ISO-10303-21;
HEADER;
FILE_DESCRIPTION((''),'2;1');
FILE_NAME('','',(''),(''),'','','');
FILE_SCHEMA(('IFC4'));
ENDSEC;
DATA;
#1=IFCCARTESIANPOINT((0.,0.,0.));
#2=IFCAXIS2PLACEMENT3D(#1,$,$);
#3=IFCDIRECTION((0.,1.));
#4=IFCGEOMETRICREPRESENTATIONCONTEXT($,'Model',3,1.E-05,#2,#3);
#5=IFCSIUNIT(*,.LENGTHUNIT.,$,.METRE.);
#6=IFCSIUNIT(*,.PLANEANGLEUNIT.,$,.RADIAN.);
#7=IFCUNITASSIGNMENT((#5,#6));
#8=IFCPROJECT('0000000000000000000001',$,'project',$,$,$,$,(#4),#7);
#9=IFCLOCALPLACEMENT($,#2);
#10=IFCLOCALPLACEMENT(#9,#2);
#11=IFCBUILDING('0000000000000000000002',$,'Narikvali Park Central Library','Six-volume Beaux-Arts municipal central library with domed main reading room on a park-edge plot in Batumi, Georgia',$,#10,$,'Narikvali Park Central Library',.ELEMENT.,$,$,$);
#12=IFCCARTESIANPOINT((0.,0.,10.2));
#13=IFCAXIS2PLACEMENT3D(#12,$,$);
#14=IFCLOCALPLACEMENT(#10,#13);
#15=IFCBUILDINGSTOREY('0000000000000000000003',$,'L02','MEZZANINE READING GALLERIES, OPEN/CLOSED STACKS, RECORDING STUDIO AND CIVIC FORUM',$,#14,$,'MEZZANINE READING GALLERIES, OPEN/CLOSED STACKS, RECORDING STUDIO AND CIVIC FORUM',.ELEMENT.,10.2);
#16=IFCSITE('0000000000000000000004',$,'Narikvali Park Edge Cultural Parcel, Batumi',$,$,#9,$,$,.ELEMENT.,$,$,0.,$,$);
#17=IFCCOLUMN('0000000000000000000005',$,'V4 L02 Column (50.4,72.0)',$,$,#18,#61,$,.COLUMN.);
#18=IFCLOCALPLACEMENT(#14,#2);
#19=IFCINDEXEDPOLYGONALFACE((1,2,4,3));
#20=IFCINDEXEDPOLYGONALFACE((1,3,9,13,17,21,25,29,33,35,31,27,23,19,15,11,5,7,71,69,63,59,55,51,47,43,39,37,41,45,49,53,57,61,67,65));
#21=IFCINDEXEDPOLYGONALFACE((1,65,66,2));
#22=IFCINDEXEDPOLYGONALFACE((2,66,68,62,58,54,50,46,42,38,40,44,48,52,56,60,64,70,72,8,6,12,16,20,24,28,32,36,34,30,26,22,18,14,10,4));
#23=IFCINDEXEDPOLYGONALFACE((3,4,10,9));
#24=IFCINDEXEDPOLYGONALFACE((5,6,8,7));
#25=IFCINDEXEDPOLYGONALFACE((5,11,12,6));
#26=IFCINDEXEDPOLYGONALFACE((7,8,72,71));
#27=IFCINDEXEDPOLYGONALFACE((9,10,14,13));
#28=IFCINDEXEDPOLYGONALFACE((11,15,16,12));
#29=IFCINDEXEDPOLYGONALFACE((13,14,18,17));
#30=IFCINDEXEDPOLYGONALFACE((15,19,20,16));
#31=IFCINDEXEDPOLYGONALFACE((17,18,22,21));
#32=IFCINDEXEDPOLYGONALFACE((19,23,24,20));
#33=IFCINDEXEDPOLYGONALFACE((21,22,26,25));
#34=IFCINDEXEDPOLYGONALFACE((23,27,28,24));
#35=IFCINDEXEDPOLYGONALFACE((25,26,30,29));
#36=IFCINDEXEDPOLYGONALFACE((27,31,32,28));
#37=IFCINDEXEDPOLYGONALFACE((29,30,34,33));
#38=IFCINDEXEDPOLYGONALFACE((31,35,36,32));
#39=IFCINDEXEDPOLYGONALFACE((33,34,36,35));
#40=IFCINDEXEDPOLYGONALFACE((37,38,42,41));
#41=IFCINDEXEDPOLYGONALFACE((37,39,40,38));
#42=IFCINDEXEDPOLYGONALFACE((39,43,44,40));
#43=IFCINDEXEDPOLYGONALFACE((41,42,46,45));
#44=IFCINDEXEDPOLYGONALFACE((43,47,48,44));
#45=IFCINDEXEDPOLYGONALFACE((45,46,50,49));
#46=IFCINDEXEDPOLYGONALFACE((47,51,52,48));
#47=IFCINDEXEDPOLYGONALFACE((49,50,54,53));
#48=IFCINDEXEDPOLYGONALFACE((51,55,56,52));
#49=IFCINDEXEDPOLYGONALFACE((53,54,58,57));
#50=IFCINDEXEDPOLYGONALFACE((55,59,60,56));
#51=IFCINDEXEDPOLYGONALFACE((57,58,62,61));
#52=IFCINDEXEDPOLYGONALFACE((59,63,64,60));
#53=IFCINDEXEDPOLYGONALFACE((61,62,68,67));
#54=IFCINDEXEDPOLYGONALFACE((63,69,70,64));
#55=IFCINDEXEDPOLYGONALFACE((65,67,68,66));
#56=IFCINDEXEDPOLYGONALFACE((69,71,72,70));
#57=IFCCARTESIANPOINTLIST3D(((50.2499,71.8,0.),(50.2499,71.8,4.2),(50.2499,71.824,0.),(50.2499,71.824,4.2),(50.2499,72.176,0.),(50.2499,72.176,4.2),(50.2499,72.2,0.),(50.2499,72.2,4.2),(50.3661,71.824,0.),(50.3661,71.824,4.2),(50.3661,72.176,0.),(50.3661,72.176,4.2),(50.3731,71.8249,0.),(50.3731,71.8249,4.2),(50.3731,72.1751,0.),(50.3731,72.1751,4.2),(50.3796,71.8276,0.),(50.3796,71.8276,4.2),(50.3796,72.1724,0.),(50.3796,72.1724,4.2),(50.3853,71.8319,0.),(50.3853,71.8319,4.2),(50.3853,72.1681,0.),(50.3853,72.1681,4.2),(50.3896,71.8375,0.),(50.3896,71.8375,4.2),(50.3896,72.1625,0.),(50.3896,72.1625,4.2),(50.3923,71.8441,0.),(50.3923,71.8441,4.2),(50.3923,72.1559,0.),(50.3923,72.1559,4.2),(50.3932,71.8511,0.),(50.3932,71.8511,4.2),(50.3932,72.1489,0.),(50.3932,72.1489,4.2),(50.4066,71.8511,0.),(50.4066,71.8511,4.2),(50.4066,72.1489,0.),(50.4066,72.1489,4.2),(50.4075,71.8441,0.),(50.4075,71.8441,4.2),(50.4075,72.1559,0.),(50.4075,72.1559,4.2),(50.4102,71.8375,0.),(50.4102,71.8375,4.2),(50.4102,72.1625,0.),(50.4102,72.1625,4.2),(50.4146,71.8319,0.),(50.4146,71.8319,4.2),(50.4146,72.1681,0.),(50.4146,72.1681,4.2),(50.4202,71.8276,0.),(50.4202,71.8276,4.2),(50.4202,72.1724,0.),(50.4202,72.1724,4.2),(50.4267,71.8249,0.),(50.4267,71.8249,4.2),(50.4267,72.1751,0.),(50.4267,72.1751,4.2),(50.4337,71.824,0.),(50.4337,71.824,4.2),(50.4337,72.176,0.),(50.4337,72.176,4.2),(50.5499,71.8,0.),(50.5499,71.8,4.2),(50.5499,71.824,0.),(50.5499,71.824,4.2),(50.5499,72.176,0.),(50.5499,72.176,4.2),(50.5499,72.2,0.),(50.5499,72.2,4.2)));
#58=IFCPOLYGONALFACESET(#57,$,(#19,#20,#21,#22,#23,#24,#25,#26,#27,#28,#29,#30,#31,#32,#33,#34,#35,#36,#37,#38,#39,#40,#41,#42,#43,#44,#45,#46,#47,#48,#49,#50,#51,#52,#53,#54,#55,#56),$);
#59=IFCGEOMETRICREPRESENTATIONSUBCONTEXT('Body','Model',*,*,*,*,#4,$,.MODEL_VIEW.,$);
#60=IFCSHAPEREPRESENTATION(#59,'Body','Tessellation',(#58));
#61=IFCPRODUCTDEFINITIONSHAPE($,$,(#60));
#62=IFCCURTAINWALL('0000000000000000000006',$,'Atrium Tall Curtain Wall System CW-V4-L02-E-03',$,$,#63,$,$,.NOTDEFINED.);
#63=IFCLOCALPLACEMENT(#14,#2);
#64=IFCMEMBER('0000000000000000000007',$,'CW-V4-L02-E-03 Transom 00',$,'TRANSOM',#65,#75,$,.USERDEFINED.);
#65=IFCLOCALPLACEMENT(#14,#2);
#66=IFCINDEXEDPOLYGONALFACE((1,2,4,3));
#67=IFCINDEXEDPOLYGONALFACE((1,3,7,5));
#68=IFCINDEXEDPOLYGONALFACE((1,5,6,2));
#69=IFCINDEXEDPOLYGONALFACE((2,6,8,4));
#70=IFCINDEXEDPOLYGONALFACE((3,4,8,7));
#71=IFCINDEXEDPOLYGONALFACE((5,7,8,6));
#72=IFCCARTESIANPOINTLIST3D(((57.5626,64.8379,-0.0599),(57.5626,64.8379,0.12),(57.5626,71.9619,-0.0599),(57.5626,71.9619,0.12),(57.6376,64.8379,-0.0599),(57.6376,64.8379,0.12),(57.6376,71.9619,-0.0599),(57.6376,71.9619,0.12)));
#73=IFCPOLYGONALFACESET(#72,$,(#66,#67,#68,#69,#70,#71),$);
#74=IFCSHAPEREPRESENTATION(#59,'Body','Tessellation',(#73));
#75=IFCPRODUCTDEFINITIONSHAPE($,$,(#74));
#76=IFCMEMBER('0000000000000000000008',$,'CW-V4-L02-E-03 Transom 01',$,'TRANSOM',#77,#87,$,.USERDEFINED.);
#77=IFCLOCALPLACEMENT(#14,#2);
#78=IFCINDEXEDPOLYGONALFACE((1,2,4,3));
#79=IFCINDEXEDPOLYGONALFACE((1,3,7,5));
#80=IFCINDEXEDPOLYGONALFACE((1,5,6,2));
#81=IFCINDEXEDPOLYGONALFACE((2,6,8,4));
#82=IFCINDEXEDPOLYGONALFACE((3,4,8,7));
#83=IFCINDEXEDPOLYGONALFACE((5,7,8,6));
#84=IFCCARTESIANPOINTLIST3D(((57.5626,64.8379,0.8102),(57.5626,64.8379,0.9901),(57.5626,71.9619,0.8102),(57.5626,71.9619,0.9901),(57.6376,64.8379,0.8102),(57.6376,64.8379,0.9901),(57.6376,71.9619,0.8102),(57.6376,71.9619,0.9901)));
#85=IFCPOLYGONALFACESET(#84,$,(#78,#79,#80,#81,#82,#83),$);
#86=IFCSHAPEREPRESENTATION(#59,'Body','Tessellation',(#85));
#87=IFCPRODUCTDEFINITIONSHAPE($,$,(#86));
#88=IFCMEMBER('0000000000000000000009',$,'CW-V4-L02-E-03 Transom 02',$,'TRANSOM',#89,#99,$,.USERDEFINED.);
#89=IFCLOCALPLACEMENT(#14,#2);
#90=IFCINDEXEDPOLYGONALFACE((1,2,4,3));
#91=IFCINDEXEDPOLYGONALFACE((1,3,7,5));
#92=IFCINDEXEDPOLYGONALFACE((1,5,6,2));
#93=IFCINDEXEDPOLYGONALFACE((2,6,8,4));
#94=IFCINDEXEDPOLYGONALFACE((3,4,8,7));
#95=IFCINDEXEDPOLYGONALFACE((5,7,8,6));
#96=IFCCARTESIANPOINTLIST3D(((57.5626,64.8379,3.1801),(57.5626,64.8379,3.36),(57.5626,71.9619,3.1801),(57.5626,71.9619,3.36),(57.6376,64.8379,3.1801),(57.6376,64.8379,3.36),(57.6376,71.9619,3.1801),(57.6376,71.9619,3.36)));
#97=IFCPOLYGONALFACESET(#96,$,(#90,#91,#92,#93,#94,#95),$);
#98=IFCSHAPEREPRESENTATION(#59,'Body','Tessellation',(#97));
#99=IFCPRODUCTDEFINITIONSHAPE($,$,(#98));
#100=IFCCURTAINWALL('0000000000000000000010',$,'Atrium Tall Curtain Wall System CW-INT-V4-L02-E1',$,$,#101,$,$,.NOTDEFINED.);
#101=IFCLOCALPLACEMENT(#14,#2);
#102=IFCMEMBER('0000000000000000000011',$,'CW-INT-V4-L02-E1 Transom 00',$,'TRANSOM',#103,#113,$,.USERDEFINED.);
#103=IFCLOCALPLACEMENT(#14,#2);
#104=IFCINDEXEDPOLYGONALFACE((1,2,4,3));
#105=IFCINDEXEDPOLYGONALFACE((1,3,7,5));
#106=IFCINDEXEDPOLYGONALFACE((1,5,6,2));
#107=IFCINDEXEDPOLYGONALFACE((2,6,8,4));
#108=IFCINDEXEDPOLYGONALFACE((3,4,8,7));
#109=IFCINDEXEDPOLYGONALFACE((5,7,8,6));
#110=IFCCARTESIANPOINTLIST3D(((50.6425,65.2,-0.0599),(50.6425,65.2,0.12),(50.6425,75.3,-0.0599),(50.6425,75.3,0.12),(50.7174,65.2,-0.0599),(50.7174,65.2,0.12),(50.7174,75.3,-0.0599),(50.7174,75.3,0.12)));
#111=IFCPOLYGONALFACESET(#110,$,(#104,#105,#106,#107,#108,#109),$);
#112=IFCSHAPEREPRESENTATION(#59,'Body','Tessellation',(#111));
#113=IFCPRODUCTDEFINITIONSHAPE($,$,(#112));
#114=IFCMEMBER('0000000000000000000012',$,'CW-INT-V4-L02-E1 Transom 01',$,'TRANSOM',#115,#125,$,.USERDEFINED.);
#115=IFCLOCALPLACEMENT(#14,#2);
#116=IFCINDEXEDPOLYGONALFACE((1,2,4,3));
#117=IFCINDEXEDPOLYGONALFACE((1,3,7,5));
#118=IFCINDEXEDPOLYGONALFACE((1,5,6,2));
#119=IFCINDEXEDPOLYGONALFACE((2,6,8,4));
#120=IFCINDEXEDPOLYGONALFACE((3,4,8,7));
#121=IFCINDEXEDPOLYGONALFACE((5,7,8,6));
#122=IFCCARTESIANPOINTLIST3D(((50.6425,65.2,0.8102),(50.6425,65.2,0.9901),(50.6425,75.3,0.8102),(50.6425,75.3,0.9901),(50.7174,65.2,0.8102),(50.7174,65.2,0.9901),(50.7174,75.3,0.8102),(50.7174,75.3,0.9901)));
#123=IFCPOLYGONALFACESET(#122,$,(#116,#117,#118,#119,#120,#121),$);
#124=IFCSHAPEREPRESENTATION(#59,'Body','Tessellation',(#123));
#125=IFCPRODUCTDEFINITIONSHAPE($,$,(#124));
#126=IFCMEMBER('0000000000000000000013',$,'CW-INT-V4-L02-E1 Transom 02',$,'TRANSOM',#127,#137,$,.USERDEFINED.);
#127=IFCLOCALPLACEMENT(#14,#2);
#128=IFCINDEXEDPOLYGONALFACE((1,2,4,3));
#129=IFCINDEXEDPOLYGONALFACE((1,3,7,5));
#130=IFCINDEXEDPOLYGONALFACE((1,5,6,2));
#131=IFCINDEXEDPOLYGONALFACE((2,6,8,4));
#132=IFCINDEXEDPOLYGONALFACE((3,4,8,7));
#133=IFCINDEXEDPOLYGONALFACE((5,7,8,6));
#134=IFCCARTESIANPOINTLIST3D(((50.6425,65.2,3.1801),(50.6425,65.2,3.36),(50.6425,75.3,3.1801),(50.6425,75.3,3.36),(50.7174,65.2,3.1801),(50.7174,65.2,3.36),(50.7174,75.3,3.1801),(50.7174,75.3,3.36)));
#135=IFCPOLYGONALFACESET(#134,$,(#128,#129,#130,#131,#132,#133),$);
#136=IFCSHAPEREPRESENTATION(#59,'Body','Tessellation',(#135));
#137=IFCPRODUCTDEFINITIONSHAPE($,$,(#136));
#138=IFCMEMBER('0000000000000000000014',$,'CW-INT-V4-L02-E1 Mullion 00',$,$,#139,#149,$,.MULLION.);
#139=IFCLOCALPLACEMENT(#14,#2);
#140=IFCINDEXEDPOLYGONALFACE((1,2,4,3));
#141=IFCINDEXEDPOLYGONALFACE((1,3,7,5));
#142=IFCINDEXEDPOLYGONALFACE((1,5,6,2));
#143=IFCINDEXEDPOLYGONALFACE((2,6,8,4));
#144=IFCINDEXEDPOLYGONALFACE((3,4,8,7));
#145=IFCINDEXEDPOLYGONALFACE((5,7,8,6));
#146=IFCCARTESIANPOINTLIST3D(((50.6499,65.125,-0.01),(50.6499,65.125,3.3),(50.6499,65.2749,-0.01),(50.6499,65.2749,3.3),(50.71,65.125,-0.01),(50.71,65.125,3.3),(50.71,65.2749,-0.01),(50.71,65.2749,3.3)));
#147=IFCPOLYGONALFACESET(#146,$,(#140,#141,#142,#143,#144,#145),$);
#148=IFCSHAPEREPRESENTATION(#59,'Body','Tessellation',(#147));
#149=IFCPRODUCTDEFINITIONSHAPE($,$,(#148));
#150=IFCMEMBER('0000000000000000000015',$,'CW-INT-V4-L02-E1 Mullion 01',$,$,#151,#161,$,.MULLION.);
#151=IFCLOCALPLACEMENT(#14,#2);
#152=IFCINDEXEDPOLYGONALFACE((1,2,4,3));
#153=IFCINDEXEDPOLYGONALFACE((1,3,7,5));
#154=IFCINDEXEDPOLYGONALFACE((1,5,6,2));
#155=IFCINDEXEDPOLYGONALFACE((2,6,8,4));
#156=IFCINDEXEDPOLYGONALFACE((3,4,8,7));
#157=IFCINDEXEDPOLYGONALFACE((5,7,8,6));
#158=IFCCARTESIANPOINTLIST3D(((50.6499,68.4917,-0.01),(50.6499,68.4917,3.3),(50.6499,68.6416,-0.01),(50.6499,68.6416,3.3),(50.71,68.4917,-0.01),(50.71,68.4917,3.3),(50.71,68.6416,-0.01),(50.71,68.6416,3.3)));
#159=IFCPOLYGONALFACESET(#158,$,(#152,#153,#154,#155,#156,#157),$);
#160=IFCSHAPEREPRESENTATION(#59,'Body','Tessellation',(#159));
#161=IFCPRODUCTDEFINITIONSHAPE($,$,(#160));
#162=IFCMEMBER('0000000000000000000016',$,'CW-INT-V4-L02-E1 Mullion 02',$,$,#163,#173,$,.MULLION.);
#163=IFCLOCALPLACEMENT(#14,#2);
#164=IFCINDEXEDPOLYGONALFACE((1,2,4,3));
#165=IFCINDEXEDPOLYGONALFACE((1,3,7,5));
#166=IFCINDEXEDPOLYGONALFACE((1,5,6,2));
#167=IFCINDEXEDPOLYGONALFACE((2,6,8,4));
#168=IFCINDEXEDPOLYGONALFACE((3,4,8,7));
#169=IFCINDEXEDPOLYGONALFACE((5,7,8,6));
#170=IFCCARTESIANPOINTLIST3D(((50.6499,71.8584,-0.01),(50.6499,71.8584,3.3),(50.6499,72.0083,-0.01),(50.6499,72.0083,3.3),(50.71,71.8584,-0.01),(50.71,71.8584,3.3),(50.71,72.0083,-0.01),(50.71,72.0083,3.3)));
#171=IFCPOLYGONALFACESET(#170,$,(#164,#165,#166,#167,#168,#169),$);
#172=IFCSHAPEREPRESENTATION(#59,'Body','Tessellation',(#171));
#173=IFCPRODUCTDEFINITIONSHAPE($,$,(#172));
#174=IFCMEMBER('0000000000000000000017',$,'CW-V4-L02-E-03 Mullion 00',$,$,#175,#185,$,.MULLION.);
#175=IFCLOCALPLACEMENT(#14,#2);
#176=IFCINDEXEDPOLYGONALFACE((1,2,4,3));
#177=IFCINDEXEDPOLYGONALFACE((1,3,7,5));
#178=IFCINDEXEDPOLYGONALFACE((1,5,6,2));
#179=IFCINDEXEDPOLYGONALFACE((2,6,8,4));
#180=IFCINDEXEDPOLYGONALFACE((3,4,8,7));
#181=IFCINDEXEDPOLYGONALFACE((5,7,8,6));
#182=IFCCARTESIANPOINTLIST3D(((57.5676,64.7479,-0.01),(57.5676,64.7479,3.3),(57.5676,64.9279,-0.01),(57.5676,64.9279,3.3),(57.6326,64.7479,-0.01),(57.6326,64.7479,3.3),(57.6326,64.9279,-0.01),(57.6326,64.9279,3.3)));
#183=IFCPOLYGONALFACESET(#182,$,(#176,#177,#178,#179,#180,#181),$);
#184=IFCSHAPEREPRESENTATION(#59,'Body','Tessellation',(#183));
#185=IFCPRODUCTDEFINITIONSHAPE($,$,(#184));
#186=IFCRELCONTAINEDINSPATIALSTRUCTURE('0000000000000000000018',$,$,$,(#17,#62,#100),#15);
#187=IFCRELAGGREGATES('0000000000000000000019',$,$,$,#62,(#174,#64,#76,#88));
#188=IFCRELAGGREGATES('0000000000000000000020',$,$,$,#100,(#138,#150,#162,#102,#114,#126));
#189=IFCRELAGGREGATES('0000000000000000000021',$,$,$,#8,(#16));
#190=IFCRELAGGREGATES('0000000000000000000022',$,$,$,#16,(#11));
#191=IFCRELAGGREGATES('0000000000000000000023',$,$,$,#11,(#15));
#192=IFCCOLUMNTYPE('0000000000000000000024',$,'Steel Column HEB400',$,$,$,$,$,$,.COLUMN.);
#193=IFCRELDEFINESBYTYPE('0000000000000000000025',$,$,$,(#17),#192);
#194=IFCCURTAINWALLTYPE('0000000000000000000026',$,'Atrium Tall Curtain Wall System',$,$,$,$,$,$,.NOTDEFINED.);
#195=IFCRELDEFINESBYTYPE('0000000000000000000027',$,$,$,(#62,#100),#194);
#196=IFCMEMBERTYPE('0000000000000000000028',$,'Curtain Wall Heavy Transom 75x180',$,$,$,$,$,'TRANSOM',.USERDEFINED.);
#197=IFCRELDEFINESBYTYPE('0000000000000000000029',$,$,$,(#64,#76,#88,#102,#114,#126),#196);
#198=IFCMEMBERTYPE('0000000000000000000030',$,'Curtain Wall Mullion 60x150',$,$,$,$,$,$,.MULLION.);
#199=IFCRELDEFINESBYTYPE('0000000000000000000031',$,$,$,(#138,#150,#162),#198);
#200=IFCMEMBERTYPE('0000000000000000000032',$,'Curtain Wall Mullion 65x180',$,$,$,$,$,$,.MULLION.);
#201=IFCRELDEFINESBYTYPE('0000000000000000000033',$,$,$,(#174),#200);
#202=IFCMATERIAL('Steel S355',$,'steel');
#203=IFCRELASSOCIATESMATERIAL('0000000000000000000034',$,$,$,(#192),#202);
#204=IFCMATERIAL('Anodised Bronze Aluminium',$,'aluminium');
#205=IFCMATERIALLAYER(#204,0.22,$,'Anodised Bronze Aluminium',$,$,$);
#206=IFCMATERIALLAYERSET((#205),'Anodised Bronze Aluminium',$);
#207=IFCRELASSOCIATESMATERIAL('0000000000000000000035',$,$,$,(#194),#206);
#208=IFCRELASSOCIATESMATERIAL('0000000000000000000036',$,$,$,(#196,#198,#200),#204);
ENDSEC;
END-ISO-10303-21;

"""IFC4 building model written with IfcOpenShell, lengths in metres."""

from ifc_helpers import new_model, si_unit, direction, frame, origin, origin_2d, place, context, subcontext, project, spatial, rectangle, i_section, extrude, material, layer, layer_set, material_profile, profile_set, type_object, element, aggregate, save


model = new_model("IFC4")

# Units and contexts
model_context = context("Model", 3, precision=1e-05, world=origin(), true_north=direction((0.0, 1.0)))
body_context = subcontext(model_context, "Body", "Model", "MODEL_VIEW")
ifc_project = project(units=[si_unit("LENGTHUNIT", "METRE"), si_unit("PLANEANGLEUNIT", "RADIAN")], contexts=[model_context])

# Site, building, storey
site_placement = place(None, origin())
site = spatial("IfcSite", under=ifc_project, at=site_placement, Name="Narikvali Park Edge Cultural Parcel, Batumi", CompositionType="ELEMENT", RefElevation=0.0)
building_placement = place(site_placement, origin())
building = spatial("IfcBuilding", under=site, at=building_placement, Name="Narikvali Park Central Library", Description="Six-volume Beaux-Arts municipal central library with domed main reading room on a park-edge plot in Batumi, Georgia", LongName="Narikvali Park Central Library", CompositionType="ELEMENT")
storey_placement = place(building_placement, frame((0.0, 0.0, 10.2)))
storey = spatial("IfcBuildingStorey", under=building, at=storey_placement, Name="L02", Description="MEZZANINE READING GALLERIES, OPEN/CLOSED STACKS, RECORDING STUDIO AND CIVIC FORUM", LongName="MEZZANINE READING GALLERIES, OPEN/CLOSED STACKS, RECORDING STUDIO AND CIVIC FORUM", CompositionType="ELEMENT", Elevation=10.2)

# Column
ifc_material_1 = material(Name="Steel S355", Category="steel")
ifc_material_profile_1 = material_profile(ifc_material_1, i_section(OverallWidth=0.3, OverallDepth=0.3999, WebThickness=0.0134, FlangeThickness=0.0239, FilletRadius=0.0271, at=origin_2d()), Name="HEB 400")
ifc_profile_set_1 = profile_set([ifc_material_profile_1], Name="Steel S355")
column_type = type_object("IfcColumnType", Name="Steel Column HEB400", PredefinedType="COLUMN", material=ifc_profile_set_1)
column_placement = place(storey_placement, frame((50.3999, 72.0, 0.0), z_axis=(0.0, 0.0, 1.0), x_axis=(1.0, 0.0, 0.0)))
element("IfcColumn", 1, at=column_placement, inside=storey, type_object=column_type, Name="V4 L02 Column (50.4,72.0)", PredefinedType="COLUMN", context=body_context, shape_type="SweptSolid", body=[
    extrude(i_section(OverallWidth=0.3, OverallDepth=0.3999, WebThickness=0.0134, FlangeThickness=0.0239, FilletRadius=0.0271, at=origin_2d()), origin(), (0.0, 0.0, 1.0), 4.2),
])

# Curtain walls, members
ifc_material_2 = material(Name="Anodised Bronze Aluminium", Category="aluminium")
ifc_layer_1 = layer(ifc_material_2, 0.22, Name="Anodised Bronze Aluminium")
ifc_layer_set_1 = layer_set([ifc_layer_1], Name="Anodised Bronze Aluminium")
curtain_wall_type = type_object("IfcCurtainWallType", Name="Atrium Tall Curtain Wall System", PredefinedType="NOTDEFINED", material=ifc_layer_set_1)
curtain_wall_1_placement = place(storey_placement, origin())
curtain_wall_1 = element("IfcCurtainWall", 2, at=curtain_wall_1_placement, inside=storey, type_object=curtain_wall_type, Name="Atrium Tall Curtain Wall System CW-V4-L02-E-03", PredefinedType="NOTDEFINED")
ifc_material_profile_2 = material_profile(ifc_material_2, rectangle(XDim=0.075, YDim=0.1799, at=origin_2d()), Name="CW TRANSOM 75x180")
ifc_profile_set_2 = profile_set([ifc_material_profile_2], Name="Anodised Bronze Aluminium")
member_type_1 = type_object("IfcMemberType", Name="Curtain Wall Heavy Transom 75x180", ElementType="TRANSOM", PredefinedType="USERDEFINED", material=ifc_profile_set_2)
member_1_placement = place(storey_placement, frame((57.6001, 64.8379, 0.03), z_axis=(0.0, 1.0, 0.0), x_axis=(-1.0, 0.0, 0.0)))
member_1 = element("IfcMember", 3, at=member_1_placement, type_object=member_type_1, Name="CW-V4-L02-E-03 Transom 00", ObjectType="TRANSOM", PredefinedType="USERDEFINED", context=body_context, shape_type="SweptSolid", body=[
    extrude(rectangle(XDim=0.075, YDim=0.1799, at=origin_2d()), origin(), (0.0, 0.0, 1.0), 7.124),
])
member_2_placement = place(storey_placement, frame((57.6001, 64.8379, 0.9001), z_axis=(0.0, 1.0, 0.0), x_axis=(-1.0, 0.0, 0.0)))
member_2 = element("IfcMember", 4, at=member_2_placement, type_object=member_type_1, Name="CW-V4-L02-E-03 Transom 01", ObjectType="TRANSOM", PredefinedType="USERDEFINED", context=body_context, shape_type="SweptSolid", body=[
    extrude(rectangle(XDim=0.075, YDim=0.1799, at=origin_2d()), origin(), (0.0, 0.0, 1.0), 7.124),
])
member_3_placement = place(storey_placement, frame((57.6001, 64.8379, 3.27), z_axis=(0.0, 1.0, 0.0), x_axis=(-1.0, 0.0, 0.0)))
member_3 = element("IfcMember", 5, at=member_3_placement, type_object=member_type_1, Name="CW-V4-L02-E-03 Transom 02", ObjectType="TRANSOM", PredefinedType="USERDEFINED", context=body_context, shape_type="SweptSolid", body=[
    extrude(rectangle(XDim=0.075, YDim=0.1799, at=origin_2d()), origin(), (0.0, 0.0, 1.0), 7.124),
])
curtain_wall_2_placement = place(storey_placement, origin())
curtain_wall_2 = element("IfcCurtainWall", 6, at=curtain_wall_2_placement, inside=storey, type_object=curtain_wall_type, Name="Atrium Tall Curtain Wall System CW-INT-V4-L02-E1", PredefinedType="NOTDEFINED")
member_4_placement = place(storey_placement, frame((50.6799, 65.2, 0.03), z_axis=(0.0, 1.0, 0.0), x_axis=(-1.0, 0.0, 0.0)))
member_4 = element("IfcMember", 7, at=member_4_placement, type_object=member_type_1, Name="CW-INT-V4-L02-E1 Transom 00", ObjectType="TRANSOM", PredefinedType="USERDEFINED", context=body_context, shape_type="SweptSolid", body=[
    extrude(rectangle(XDim=0.075, YDim=0.1799, at=origin_2d()), origin(), (0.0, 0.0, 1.0), 10.1001),
])
member_5_placement = place(storey_placement, frame((50.6799, 65.2, 0.9001), z_axis=(0.0, 1.0, 0.0), x_axis=(-1.0, 0.0, 0.0)))
member_5 = element("IfcMember", 8, at=member_5_placement, type_object=member_type_1, Name="CW-INT-V4-L02-E1 Transom 01", ObjectType="TRANSOM", PredefinedType="USERDEFINED", context=body_context, shape_type="SweptSolid", body=[
    extrude(rectangle(XDim=0.075, YDim=0.1799, at=origin_2d()), origin(), (0.0, 0.0, 1.0), 10.1001),
])
member_6_placement = place(storey_placement, frame((50.6799, 65.2, 3.27), z_axis=(0.0, 1.0, 0.0), x_axis=(-1.0, 0.0, 0.0)))
member_6 = element("IfcMember", 9, at=member_6_placement, type_object=member_type_1, Name="CW-INT-V4-L02-E1 Transom 02", ObjectType="TRANSOM", PredefinedType="USERDEFINED", context=body_context, shape_type="SweptSolid", body=[
    extrude(rectangle(XDim=0.075, YDim=0.1799, at=origin_2d()), origin(), (0.0, 0.0, 1.0), 10.1001),
])
ifc_material_profile_3 = material_profile(ifc_material_2, rectangle(XDim=0.0601, YDim=0.1499, at=origin_2d()), Name="CW MULLION 60x150")
ifc_profile_set_3 = profile_set([ifc_material_profile_3], Name="Anodised Bronze Aluminium")
member_type_2 = type_object("IfcMemberType", Name="Curtain Wall Mullion 60x150", PredefinedType="MULLION", material=ifc_profile_set_3)
member_7_placement = place(storey_placement, frame((50.6799, 65.2, -0.01), z_axis=(0.0, 0.0, 1.0), x_axis=(1.0, 0.0, 0.0)))
member_7 = element("IfcMember", 10, at=member_7_placement, type_object=member_type_2, Name="CW-INT-V4-L02-E1 Mullion 00", PredefinedType="MULLION", context=body_context, shape_type="SweptSolid", body=[
    extrude(rectangle(XDim=0.0601, YDim=0.1499, at=origin_2d()), origin(), (0.0, 0.0, 1.0), 3.3101),
])
member_8_placement = place(storey_placement, frame((50.6799, 68.5667, -0.01), z_axis=(0.0, 0.0, 1.0), x_axis=(1.0, 0.0, 0.0)))
member_8 = element("IfcMember", 11, at=member_8_placement, type_object=member_type_2, Name="CW-INT-V4-L02-E1 Mullion 01", PredefinedType="MULLION", context=body_context, shape_type="SweptSolid", body=[
    extrude(rectangle(XDim=0.0601, YDim=0.1499, at=origin_2d()), origin(), (0.0, 0.0, 1.0), 3.3101),
])
member_9_placement = place(storey_placement, frame((50.6799, 71.9333, -0.01), z_axis=(0.0, 0.0, 1.0), x_axis=(1.0, 0.0, 0.0)))
member_9 = element("IfcMember", 12, at=member_9_placement, type_object=member_type_2, Name="CW-INT-V4-L02-E1 Mullion 02", PredefinedType="MULLION", context=body_context, shape_type="SweptSolid", body=[
    extrude(rectangle(XDim=0.0601, YDim=0.1499, at=origin_2d()), origin(), (0.0, 0.0, 1.0), 3.3101),
])

# Member
ifc_material_profile_4 = material_profile(ifc_material_2, rectangle(XDim=0.0649, YDim=0.1799, at=origin_2d()), Name="CW MULLION 65x180")
ifc_profile_set_4 = profile_set([ifc_material_profile_4], Name="Anodised Bronze Aluminium")
member_type_3 = type_object("IfcMemberType", Name="Curtain Wall Mullion 65x180", PredefinedType="MULLION", material=ifc_profile_set_4)
member_10_placement = place(storey_placement, frame((57.6001, 64.8379, -0.01), z_axis=(0.0, 0.0, 1.0), x_axis=(1.0, 0.0, 0.0)))
member_10 = element("IfcMember", 13, at=member_10_placement, type_object=member_type_3, Name="CW-V4-L02-E-03 Mullion 00", PredefinedType="MULLION", context=body_context, shape_type="SweptSolid", body=[
    extrude(rectangle(XDim=0.0649, YDim=0.1799, at=origin_2d()), origin(), (0.0, 0.0, 1.0), 3.3101),
])

aggregate(curtain_wall_1, [member_10, member_1, member_2, member_3])
aggregate(curtain_wall_2, [member_7, member_8, member_9, member_4, member_5, member_6])

save(model, "model.ifc")
